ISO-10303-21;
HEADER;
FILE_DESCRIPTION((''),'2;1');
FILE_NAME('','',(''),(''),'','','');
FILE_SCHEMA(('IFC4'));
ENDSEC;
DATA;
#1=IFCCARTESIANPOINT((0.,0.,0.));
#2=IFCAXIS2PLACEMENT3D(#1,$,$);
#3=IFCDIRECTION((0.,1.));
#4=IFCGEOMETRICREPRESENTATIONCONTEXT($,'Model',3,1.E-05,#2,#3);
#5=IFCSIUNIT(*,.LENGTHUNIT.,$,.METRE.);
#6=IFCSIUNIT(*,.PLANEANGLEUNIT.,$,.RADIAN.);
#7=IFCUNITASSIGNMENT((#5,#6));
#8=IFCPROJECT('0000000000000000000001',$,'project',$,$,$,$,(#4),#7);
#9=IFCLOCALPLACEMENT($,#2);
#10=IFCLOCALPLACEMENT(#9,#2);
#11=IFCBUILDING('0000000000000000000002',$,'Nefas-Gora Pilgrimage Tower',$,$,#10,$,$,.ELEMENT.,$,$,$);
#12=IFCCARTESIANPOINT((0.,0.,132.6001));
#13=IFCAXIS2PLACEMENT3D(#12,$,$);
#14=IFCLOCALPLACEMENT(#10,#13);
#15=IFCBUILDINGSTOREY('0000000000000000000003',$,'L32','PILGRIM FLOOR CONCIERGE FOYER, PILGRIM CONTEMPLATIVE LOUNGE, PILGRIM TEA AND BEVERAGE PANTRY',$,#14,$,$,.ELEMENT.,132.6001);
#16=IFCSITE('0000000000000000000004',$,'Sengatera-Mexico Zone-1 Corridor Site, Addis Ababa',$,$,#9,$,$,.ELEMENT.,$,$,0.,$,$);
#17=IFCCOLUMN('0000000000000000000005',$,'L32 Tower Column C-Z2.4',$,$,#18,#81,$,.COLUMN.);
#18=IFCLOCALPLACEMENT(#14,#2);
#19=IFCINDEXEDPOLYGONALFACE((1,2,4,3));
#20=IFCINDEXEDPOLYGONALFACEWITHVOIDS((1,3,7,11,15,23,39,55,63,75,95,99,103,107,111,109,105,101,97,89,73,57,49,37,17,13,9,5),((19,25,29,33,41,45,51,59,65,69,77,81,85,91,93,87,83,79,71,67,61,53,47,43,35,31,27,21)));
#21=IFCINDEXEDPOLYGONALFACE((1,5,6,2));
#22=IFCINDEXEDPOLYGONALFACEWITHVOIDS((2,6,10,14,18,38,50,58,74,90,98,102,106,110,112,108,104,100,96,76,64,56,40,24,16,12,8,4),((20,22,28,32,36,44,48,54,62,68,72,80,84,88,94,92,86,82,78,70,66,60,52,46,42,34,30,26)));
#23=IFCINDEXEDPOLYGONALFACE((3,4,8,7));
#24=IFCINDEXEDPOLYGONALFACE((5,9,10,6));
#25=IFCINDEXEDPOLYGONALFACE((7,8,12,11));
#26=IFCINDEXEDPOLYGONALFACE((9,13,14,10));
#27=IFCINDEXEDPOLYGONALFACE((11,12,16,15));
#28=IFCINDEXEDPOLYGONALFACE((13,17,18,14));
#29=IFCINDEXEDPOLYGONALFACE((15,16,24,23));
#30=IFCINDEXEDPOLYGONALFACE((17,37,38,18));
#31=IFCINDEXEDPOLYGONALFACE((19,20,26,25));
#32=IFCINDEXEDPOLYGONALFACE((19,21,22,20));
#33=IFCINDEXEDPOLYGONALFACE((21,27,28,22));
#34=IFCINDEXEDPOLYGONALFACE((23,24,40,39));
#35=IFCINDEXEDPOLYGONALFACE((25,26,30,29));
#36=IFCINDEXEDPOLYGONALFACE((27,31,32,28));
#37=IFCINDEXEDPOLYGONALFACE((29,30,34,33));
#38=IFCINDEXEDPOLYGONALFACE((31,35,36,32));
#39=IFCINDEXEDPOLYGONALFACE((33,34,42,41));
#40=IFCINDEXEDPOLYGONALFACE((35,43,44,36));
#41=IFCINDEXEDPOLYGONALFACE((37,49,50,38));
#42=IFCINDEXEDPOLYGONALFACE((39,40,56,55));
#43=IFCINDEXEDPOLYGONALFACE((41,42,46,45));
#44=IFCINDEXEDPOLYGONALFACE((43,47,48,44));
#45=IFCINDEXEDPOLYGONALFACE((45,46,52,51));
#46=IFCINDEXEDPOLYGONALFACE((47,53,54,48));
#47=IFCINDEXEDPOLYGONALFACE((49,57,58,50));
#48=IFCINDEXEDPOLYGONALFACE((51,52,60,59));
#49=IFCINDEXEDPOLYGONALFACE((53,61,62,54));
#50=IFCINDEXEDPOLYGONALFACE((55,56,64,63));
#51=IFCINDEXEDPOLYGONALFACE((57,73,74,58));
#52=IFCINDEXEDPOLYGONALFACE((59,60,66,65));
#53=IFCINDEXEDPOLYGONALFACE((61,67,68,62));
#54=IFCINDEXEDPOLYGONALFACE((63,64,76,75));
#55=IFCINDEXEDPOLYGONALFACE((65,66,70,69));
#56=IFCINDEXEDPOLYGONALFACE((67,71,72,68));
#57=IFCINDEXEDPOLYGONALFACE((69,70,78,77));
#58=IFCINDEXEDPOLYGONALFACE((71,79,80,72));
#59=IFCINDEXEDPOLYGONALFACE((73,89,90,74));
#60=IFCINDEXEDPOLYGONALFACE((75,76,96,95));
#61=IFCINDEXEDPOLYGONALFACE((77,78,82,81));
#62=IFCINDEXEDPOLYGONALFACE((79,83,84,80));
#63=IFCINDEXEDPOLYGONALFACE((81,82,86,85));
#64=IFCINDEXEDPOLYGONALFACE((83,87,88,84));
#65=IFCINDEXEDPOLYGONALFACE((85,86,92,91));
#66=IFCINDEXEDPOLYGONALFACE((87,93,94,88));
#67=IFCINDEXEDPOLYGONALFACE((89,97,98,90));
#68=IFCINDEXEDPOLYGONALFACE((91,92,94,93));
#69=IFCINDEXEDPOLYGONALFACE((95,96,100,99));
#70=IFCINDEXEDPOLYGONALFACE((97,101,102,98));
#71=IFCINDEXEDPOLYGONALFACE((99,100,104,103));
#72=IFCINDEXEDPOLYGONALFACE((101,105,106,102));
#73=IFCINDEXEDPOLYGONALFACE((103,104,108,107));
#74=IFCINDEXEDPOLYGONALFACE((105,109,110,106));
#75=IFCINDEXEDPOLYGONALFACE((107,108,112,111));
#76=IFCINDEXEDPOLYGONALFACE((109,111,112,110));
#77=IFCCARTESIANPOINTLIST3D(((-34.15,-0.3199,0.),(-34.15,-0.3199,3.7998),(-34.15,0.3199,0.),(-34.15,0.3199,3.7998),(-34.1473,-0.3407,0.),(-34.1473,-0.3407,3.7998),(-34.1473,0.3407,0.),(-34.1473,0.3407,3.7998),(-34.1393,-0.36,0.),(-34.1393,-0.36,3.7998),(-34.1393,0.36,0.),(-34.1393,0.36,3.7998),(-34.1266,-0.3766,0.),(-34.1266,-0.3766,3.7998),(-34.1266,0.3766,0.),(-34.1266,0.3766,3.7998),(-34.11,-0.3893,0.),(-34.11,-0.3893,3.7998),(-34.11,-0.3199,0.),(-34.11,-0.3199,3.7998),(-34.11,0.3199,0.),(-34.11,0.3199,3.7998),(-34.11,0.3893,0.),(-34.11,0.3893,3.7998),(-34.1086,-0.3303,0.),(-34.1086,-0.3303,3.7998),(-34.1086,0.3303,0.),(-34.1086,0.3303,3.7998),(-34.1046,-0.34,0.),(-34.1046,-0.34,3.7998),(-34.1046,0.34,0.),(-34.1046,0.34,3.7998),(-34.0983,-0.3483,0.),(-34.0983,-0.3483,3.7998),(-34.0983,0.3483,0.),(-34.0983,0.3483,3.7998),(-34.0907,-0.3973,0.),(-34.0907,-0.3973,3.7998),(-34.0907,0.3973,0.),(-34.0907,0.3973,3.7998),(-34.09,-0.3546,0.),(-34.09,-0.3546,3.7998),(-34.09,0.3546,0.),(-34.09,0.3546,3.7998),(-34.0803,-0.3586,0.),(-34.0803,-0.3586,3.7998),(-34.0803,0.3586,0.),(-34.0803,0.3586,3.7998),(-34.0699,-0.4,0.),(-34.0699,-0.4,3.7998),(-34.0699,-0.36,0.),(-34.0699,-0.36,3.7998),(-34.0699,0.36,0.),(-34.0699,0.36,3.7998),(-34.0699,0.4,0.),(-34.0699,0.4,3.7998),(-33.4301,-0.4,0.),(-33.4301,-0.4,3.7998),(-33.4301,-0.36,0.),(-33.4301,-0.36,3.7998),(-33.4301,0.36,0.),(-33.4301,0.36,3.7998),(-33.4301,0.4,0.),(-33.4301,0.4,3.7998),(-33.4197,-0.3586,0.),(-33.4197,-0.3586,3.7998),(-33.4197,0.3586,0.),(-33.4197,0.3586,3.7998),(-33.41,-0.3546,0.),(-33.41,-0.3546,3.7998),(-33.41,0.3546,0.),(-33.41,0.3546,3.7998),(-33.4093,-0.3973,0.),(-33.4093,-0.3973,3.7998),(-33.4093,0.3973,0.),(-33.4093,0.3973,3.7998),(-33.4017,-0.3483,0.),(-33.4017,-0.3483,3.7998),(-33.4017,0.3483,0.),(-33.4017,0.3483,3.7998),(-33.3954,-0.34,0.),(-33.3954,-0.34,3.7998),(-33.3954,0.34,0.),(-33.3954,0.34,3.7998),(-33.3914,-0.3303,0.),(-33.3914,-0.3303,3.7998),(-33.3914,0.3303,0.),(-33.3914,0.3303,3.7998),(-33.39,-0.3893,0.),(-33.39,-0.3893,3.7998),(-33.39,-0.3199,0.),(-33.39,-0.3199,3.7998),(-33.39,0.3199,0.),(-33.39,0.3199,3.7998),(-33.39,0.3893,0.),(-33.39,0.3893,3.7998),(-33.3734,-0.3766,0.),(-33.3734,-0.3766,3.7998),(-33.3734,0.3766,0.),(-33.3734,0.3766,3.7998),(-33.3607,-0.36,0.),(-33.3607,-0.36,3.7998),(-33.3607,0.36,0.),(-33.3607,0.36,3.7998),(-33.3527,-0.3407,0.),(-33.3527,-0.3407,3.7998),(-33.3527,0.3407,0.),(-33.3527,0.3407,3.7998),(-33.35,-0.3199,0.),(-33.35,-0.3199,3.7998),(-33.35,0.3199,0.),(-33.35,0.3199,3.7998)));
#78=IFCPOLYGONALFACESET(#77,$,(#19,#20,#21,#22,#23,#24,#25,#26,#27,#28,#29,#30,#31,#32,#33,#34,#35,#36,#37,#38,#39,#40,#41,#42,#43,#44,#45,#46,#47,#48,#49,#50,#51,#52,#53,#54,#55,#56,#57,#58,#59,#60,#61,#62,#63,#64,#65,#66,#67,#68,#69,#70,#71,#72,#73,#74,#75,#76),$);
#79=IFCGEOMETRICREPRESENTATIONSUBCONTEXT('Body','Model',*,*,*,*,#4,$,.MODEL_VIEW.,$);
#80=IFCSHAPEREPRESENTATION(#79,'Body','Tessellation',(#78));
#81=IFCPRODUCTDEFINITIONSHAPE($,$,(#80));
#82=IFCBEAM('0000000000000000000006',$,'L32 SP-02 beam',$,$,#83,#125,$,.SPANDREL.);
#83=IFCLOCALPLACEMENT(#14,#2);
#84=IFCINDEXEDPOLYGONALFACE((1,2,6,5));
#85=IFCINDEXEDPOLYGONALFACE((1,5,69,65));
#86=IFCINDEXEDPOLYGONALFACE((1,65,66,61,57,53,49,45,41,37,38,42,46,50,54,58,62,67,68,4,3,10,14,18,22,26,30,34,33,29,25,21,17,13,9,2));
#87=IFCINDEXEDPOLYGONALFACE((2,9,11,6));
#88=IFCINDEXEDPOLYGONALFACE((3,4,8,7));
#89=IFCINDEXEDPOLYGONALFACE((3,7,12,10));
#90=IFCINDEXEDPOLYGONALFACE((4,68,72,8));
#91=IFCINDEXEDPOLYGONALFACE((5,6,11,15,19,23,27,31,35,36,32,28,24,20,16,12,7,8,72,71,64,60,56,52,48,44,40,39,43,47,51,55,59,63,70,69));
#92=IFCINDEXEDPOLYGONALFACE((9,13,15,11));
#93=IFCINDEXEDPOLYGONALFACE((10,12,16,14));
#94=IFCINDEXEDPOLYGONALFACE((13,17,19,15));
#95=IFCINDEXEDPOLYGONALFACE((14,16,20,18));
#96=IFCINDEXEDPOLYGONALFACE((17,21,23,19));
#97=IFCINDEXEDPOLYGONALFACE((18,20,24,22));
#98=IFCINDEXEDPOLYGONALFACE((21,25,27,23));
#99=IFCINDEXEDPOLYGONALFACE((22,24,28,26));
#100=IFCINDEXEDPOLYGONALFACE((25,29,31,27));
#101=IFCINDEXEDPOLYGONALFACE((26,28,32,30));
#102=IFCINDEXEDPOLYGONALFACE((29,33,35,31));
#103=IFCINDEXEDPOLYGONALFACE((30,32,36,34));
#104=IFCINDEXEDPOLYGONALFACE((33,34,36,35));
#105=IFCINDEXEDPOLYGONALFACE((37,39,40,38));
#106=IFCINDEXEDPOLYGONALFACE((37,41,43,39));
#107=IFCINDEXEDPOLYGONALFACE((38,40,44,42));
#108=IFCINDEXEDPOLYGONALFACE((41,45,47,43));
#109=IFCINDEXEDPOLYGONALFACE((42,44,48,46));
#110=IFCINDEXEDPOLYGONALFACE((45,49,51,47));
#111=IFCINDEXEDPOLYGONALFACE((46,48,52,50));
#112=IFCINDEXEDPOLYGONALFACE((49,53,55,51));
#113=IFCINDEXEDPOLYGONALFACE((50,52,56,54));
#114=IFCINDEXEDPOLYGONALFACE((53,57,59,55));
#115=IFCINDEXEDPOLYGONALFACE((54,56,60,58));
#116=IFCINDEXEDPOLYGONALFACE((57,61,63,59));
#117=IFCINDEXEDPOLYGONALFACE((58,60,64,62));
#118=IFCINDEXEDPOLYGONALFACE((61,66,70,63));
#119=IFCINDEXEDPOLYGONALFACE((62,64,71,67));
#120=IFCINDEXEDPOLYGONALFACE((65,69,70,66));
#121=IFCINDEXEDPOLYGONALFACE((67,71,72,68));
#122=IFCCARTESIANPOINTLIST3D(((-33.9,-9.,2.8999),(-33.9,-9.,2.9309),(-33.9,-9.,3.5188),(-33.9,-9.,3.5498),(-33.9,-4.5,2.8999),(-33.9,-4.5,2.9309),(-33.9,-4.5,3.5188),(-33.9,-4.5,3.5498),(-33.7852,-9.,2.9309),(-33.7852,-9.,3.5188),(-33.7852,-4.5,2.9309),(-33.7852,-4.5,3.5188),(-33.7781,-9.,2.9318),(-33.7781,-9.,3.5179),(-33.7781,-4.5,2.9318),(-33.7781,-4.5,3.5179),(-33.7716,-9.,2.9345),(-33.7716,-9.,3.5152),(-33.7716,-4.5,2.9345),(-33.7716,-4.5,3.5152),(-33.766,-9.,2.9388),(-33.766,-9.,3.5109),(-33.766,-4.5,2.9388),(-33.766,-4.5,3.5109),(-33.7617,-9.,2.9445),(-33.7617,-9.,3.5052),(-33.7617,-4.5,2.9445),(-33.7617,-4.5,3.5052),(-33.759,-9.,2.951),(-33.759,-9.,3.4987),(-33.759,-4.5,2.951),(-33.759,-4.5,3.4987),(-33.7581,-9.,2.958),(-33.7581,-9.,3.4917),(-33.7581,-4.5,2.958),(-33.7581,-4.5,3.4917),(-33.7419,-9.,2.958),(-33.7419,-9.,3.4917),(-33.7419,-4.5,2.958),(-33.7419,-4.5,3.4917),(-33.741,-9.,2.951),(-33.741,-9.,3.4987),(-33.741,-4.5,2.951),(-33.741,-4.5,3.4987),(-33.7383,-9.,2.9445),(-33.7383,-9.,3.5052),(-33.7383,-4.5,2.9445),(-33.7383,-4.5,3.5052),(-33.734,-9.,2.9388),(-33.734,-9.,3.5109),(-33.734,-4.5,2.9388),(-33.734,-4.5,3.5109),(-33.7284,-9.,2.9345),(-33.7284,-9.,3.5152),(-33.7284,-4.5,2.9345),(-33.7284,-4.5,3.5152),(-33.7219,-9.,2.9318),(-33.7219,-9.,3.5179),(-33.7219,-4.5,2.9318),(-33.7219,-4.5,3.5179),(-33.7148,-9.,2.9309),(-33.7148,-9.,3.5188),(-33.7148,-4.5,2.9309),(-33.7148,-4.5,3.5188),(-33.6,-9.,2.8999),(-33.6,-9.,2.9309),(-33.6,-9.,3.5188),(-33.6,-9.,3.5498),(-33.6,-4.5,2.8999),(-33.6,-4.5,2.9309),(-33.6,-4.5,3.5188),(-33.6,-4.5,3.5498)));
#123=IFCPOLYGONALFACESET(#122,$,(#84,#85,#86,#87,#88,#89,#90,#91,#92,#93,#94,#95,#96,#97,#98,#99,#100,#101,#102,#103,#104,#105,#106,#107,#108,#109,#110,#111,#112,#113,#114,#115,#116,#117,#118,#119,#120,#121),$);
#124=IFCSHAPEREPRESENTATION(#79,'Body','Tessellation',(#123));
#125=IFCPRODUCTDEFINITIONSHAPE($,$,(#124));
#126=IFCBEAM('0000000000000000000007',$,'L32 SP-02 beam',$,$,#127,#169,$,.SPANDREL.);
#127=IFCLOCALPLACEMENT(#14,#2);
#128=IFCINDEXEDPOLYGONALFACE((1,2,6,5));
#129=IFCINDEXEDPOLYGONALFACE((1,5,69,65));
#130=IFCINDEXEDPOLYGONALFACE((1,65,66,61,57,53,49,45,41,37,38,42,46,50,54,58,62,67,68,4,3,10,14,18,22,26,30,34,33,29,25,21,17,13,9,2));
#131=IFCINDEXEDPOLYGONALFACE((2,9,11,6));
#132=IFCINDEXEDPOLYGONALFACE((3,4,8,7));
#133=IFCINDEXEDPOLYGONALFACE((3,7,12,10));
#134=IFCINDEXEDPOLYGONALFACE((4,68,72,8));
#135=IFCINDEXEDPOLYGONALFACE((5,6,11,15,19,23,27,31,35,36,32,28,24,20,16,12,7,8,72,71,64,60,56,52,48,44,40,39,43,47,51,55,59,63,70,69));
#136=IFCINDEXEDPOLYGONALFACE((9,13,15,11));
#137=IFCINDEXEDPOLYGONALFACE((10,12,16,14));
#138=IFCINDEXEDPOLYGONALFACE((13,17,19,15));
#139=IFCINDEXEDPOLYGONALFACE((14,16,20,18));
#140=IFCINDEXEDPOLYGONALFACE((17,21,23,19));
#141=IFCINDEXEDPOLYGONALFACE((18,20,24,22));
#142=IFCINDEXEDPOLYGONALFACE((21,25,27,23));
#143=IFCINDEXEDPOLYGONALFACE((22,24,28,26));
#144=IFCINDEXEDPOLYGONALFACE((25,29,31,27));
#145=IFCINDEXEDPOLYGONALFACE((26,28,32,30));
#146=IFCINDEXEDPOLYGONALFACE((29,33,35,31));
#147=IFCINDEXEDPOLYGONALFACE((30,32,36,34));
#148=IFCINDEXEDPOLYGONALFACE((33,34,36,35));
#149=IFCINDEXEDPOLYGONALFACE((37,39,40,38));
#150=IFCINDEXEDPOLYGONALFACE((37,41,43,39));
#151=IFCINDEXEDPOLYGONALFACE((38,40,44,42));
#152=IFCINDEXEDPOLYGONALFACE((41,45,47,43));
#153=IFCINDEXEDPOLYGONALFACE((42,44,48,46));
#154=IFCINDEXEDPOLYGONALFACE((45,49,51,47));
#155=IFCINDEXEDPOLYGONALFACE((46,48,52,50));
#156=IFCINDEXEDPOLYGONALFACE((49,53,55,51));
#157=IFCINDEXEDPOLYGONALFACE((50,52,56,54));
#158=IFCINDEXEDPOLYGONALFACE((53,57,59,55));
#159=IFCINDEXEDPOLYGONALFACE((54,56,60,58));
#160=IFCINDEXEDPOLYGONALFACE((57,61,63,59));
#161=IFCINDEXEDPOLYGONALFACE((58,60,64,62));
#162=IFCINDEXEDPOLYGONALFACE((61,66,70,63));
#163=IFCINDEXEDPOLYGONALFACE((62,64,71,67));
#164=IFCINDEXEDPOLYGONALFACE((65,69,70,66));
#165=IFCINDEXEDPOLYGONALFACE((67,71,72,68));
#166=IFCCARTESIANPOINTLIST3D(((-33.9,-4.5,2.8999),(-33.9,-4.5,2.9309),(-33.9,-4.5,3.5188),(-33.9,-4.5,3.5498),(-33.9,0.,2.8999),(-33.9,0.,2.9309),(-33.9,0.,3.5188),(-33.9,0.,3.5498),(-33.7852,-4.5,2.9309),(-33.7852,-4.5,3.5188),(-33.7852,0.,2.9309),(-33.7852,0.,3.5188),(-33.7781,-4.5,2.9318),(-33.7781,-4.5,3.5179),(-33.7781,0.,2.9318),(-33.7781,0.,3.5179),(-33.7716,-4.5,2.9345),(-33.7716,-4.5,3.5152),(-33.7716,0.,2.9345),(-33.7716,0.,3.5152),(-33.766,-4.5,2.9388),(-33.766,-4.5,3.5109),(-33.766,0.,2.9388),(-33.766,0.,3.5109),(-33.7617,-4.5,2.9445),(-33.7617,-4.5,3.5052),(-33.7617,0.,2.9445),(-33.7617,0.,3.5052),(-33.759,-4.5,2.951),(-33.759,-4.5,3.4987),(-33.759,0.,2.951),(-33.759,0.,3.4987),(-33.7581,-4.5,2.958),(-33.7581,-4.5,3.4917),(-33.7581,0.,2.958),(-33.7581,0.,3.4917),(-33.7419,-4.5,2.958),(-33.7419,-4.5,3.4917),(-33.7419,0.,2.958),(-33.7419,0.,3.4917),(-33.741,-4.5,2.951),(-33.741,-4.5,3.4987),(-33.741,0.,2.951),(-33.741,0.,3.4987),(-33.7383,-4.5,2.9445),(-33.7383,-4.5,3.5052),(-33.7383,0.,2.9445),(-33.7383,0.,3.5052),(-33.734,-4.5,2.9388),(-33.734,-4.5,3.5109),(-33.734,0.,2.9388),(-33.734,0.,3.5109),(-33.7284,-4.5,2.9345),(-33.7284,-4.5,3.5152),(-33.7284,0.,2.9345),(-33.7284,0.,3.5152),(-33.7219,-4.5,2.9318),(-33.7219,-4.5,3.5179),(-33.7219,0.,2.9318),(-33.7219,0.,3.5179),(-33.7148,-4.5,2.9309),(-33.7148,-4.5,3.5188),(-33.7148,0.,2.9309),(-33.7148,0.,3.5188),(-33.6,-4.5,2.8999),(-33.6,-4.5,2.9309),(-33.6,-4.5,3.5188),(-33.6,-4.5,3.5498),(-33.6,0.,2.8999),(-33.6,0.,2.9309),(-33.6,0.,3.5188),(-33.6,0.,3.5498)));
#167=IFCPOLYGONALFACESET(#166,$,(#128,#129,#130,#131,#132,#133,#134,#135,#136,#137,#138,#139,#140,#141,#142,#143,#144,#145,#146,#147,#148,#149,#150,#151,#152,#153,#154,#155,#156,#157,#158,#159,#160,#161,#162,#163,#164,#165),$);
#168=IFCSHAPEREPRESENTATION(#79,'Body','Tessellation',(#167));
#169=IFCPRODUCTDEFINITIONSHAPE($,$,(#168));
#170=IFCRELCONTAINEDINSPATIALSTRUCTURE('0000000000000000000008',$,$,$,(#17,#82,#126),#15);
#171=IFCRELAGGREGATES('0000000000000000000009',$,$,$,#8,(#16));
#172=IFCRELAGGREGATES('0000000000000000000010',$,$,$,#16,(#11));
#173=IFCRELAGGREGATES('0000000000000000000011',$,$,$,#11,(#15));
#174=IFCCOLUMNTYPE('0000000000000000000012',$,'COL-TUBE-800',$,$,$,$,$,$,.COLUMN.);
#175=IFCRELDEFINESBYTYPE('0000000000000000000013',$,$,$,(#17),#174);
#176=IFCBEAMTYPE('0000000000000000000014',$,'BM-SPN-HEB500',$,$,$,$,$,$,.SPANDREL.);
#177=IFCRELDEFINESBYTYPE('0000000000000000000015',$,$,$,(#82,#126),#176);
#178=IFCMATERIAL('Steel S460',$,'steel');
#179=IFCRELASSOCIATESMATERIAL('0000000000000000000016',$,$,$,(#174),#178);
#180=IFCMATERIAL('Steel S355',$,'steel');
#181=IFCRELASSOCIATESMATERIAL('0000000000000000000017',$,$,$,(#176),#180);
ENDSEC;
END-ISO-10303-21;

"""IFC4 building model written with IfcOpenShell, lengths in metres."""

from ifc_helpers import new_model, si_unit, direction, frame, origin, origin_2d, place, context, subcontext, project, spatial, hollow_rectangle, i_section, extrude, source, transform, mapped, material, material_profile, profile_set, type_object, element, save


model = new_model("IFC4")

# Units and contexts
model_context = context("Model", 3, precision=1e-05, world=origin(), true_north=direction((0.0, 1.0)))
body_context = subcontext(model_context, "Body", "Model", "MODEL_VIEW")
ifc_project = project(units=[si_unit("LENGTHUNIT", "METRE"), si_unit("PLANEANGLEUNIT", "RADIAN")], contexts=[model_context])

# Site, building, storey
site_placement = place(None, origin())
site = spatial("IfcSite", under=ifc_project, at=site_placement, Name="Sengatera-Mexico Zone-1 Corridor Site, Addis Ababa", CompositionType="ELEMENT", RefElevation=0.0)
building_placement = place(site_placement, origin())
building = spatial("IfcBuilding", under=site, at=building_placement, Name="Nefas-Gora Pilgrimage Tower", CompositionType="ELEMENT")
storey_placement = place(building_placement, frame((0.0, 0.0, 132.6001)))
storey = spatial("IfcBuildingStorey", under=building, at=storey_placement, Name="L32", Description="PILGRIM FLOOR CONCIERGE FOYER, PILGRIM CONTEMPLATIVE LOUNGE, PILGRIM TEA AND BEVERAGE PANTRY", CompositionType="ELEMENT", Elevation=132.6001)

# Column
ifc_material_1 = material(Name="Steel S460", Category="steel")
ifc_material_profile_1 = material_profile(ifc_material_1, hollow_rectangle(XDim=0.8, YDim=0.8, WallThickness=0.04, InnerFilletRadius=0.04, OuterFilletRadius=0.0801, at=origin_2d()), Name="BOX 800x800x40")
ifc_profile_set_1 = profile_set([ifc_material_profile_1], Name="Steel S460")
column_type_1 = type_object("IfcColumnType", Name="COL-TUBE-800", PredefinedType="COLUMN", material=ifc_profile_set_1)
shared_shape_1 = source(origin(), body_context, "Body", "SweptSolid", [
    extrude(hollow_rectangle(XDim=0.8, YDim=0.8, WallThickness=0.04, InnerFilletRadius=0.04, OuterFilletRadius=0.0801, at=origin_2d()), origin(), (0.0, 0.0, 1.0), 3.7998),
])
for number, where, z_axis, x_axis, name in (
    (1, (-33.75, 0.0, 0.0), (0.0, 0.0, 1.0), (1.0, 0.0, 0.0), "L32 Tower Column C-Z2.4"),
):
    element("IfcColumn", number, at=place(storey_placement, frame(where, z_axis=z_axis, x_axis=x_axis)), inside=storey, type_object=column_type_1, Name=name, PredefinedType="COLUMN", context=body_context, shape_type="MappedRepresentation", body=[
        mapped(shared_shape_1, transform((0.0, 0.0, 0.0), x_axis=(1.0, 0.0, 0.0), y_axis=(0.0, 1.0, 0.0), z_axis=(0.0, 0.0, 1.0), scale=1.0)),
    ])

# Beams
ifc_material_2 = material(Name="Steel S355", Category="steel")
ifc_material_profile_2 = material_profile(ifc_material_2, i_section(OverallWidth=0.3, OverallDepth=0.6499, WebThickness=0.0161, FlangeThickness=0.031, FilletRadius=0.0271, at=origin_2d()), Name="HEB 650")
ifc_profile_set_2 = profile_set([ifc_material_profile_2], Name="Steel S355")
beam_type_1 = type_object("IfcBeamType", Name="BM-SPN-HEB500", PredefinedType="SPANDREL", material=ifc_profile_set_2)
shared_shape_2 = source(origin(), body_context, "Body", "SweptSolid", [
    extrude(i_section(OverallWidth=0.3, OverallDepth=0.6499, WebThickness=0.0161, FlangeThickness=0.031, FilletRadius=0.0271, at=origin_2d()), origin(), (0.0, 0.0, 1.0), 4.5),
])
for number, where, z_axis, x_axis, name in (
    (2, (-33.75, -9.0, 3.2249), (0.0, 1.0, 0.0), (-1.0, 0.0, 0.0), "L32 SP-02 beam"),
    (3, (-33.75, -4.5, 3.2249), (0.0, 1.0, 0.0), (-1.0, 0.0, 0.0), "L32 SP-02 beam"),
):
    element("IfcBeam", number, at=place(storey_placement, frame(where, z_axis=z_axis, x_axis=x_axis)), inside=storey, type_object=beam_type_1, Name=name, PredefinedType="SPANDREL", context=body_context, shape_type="MappedRepresentation", body=[
        mapped(shared_shape_2, transform((0.0, 0.0, 0.0), x_axis=(1.0, 0.0, 0.0), y_axis=(0.0, 1.0, 0.0), z_axis=(0.0, 0.0, 1.0), scale=1.0)),
    ])

save(model, "model.ifc")
